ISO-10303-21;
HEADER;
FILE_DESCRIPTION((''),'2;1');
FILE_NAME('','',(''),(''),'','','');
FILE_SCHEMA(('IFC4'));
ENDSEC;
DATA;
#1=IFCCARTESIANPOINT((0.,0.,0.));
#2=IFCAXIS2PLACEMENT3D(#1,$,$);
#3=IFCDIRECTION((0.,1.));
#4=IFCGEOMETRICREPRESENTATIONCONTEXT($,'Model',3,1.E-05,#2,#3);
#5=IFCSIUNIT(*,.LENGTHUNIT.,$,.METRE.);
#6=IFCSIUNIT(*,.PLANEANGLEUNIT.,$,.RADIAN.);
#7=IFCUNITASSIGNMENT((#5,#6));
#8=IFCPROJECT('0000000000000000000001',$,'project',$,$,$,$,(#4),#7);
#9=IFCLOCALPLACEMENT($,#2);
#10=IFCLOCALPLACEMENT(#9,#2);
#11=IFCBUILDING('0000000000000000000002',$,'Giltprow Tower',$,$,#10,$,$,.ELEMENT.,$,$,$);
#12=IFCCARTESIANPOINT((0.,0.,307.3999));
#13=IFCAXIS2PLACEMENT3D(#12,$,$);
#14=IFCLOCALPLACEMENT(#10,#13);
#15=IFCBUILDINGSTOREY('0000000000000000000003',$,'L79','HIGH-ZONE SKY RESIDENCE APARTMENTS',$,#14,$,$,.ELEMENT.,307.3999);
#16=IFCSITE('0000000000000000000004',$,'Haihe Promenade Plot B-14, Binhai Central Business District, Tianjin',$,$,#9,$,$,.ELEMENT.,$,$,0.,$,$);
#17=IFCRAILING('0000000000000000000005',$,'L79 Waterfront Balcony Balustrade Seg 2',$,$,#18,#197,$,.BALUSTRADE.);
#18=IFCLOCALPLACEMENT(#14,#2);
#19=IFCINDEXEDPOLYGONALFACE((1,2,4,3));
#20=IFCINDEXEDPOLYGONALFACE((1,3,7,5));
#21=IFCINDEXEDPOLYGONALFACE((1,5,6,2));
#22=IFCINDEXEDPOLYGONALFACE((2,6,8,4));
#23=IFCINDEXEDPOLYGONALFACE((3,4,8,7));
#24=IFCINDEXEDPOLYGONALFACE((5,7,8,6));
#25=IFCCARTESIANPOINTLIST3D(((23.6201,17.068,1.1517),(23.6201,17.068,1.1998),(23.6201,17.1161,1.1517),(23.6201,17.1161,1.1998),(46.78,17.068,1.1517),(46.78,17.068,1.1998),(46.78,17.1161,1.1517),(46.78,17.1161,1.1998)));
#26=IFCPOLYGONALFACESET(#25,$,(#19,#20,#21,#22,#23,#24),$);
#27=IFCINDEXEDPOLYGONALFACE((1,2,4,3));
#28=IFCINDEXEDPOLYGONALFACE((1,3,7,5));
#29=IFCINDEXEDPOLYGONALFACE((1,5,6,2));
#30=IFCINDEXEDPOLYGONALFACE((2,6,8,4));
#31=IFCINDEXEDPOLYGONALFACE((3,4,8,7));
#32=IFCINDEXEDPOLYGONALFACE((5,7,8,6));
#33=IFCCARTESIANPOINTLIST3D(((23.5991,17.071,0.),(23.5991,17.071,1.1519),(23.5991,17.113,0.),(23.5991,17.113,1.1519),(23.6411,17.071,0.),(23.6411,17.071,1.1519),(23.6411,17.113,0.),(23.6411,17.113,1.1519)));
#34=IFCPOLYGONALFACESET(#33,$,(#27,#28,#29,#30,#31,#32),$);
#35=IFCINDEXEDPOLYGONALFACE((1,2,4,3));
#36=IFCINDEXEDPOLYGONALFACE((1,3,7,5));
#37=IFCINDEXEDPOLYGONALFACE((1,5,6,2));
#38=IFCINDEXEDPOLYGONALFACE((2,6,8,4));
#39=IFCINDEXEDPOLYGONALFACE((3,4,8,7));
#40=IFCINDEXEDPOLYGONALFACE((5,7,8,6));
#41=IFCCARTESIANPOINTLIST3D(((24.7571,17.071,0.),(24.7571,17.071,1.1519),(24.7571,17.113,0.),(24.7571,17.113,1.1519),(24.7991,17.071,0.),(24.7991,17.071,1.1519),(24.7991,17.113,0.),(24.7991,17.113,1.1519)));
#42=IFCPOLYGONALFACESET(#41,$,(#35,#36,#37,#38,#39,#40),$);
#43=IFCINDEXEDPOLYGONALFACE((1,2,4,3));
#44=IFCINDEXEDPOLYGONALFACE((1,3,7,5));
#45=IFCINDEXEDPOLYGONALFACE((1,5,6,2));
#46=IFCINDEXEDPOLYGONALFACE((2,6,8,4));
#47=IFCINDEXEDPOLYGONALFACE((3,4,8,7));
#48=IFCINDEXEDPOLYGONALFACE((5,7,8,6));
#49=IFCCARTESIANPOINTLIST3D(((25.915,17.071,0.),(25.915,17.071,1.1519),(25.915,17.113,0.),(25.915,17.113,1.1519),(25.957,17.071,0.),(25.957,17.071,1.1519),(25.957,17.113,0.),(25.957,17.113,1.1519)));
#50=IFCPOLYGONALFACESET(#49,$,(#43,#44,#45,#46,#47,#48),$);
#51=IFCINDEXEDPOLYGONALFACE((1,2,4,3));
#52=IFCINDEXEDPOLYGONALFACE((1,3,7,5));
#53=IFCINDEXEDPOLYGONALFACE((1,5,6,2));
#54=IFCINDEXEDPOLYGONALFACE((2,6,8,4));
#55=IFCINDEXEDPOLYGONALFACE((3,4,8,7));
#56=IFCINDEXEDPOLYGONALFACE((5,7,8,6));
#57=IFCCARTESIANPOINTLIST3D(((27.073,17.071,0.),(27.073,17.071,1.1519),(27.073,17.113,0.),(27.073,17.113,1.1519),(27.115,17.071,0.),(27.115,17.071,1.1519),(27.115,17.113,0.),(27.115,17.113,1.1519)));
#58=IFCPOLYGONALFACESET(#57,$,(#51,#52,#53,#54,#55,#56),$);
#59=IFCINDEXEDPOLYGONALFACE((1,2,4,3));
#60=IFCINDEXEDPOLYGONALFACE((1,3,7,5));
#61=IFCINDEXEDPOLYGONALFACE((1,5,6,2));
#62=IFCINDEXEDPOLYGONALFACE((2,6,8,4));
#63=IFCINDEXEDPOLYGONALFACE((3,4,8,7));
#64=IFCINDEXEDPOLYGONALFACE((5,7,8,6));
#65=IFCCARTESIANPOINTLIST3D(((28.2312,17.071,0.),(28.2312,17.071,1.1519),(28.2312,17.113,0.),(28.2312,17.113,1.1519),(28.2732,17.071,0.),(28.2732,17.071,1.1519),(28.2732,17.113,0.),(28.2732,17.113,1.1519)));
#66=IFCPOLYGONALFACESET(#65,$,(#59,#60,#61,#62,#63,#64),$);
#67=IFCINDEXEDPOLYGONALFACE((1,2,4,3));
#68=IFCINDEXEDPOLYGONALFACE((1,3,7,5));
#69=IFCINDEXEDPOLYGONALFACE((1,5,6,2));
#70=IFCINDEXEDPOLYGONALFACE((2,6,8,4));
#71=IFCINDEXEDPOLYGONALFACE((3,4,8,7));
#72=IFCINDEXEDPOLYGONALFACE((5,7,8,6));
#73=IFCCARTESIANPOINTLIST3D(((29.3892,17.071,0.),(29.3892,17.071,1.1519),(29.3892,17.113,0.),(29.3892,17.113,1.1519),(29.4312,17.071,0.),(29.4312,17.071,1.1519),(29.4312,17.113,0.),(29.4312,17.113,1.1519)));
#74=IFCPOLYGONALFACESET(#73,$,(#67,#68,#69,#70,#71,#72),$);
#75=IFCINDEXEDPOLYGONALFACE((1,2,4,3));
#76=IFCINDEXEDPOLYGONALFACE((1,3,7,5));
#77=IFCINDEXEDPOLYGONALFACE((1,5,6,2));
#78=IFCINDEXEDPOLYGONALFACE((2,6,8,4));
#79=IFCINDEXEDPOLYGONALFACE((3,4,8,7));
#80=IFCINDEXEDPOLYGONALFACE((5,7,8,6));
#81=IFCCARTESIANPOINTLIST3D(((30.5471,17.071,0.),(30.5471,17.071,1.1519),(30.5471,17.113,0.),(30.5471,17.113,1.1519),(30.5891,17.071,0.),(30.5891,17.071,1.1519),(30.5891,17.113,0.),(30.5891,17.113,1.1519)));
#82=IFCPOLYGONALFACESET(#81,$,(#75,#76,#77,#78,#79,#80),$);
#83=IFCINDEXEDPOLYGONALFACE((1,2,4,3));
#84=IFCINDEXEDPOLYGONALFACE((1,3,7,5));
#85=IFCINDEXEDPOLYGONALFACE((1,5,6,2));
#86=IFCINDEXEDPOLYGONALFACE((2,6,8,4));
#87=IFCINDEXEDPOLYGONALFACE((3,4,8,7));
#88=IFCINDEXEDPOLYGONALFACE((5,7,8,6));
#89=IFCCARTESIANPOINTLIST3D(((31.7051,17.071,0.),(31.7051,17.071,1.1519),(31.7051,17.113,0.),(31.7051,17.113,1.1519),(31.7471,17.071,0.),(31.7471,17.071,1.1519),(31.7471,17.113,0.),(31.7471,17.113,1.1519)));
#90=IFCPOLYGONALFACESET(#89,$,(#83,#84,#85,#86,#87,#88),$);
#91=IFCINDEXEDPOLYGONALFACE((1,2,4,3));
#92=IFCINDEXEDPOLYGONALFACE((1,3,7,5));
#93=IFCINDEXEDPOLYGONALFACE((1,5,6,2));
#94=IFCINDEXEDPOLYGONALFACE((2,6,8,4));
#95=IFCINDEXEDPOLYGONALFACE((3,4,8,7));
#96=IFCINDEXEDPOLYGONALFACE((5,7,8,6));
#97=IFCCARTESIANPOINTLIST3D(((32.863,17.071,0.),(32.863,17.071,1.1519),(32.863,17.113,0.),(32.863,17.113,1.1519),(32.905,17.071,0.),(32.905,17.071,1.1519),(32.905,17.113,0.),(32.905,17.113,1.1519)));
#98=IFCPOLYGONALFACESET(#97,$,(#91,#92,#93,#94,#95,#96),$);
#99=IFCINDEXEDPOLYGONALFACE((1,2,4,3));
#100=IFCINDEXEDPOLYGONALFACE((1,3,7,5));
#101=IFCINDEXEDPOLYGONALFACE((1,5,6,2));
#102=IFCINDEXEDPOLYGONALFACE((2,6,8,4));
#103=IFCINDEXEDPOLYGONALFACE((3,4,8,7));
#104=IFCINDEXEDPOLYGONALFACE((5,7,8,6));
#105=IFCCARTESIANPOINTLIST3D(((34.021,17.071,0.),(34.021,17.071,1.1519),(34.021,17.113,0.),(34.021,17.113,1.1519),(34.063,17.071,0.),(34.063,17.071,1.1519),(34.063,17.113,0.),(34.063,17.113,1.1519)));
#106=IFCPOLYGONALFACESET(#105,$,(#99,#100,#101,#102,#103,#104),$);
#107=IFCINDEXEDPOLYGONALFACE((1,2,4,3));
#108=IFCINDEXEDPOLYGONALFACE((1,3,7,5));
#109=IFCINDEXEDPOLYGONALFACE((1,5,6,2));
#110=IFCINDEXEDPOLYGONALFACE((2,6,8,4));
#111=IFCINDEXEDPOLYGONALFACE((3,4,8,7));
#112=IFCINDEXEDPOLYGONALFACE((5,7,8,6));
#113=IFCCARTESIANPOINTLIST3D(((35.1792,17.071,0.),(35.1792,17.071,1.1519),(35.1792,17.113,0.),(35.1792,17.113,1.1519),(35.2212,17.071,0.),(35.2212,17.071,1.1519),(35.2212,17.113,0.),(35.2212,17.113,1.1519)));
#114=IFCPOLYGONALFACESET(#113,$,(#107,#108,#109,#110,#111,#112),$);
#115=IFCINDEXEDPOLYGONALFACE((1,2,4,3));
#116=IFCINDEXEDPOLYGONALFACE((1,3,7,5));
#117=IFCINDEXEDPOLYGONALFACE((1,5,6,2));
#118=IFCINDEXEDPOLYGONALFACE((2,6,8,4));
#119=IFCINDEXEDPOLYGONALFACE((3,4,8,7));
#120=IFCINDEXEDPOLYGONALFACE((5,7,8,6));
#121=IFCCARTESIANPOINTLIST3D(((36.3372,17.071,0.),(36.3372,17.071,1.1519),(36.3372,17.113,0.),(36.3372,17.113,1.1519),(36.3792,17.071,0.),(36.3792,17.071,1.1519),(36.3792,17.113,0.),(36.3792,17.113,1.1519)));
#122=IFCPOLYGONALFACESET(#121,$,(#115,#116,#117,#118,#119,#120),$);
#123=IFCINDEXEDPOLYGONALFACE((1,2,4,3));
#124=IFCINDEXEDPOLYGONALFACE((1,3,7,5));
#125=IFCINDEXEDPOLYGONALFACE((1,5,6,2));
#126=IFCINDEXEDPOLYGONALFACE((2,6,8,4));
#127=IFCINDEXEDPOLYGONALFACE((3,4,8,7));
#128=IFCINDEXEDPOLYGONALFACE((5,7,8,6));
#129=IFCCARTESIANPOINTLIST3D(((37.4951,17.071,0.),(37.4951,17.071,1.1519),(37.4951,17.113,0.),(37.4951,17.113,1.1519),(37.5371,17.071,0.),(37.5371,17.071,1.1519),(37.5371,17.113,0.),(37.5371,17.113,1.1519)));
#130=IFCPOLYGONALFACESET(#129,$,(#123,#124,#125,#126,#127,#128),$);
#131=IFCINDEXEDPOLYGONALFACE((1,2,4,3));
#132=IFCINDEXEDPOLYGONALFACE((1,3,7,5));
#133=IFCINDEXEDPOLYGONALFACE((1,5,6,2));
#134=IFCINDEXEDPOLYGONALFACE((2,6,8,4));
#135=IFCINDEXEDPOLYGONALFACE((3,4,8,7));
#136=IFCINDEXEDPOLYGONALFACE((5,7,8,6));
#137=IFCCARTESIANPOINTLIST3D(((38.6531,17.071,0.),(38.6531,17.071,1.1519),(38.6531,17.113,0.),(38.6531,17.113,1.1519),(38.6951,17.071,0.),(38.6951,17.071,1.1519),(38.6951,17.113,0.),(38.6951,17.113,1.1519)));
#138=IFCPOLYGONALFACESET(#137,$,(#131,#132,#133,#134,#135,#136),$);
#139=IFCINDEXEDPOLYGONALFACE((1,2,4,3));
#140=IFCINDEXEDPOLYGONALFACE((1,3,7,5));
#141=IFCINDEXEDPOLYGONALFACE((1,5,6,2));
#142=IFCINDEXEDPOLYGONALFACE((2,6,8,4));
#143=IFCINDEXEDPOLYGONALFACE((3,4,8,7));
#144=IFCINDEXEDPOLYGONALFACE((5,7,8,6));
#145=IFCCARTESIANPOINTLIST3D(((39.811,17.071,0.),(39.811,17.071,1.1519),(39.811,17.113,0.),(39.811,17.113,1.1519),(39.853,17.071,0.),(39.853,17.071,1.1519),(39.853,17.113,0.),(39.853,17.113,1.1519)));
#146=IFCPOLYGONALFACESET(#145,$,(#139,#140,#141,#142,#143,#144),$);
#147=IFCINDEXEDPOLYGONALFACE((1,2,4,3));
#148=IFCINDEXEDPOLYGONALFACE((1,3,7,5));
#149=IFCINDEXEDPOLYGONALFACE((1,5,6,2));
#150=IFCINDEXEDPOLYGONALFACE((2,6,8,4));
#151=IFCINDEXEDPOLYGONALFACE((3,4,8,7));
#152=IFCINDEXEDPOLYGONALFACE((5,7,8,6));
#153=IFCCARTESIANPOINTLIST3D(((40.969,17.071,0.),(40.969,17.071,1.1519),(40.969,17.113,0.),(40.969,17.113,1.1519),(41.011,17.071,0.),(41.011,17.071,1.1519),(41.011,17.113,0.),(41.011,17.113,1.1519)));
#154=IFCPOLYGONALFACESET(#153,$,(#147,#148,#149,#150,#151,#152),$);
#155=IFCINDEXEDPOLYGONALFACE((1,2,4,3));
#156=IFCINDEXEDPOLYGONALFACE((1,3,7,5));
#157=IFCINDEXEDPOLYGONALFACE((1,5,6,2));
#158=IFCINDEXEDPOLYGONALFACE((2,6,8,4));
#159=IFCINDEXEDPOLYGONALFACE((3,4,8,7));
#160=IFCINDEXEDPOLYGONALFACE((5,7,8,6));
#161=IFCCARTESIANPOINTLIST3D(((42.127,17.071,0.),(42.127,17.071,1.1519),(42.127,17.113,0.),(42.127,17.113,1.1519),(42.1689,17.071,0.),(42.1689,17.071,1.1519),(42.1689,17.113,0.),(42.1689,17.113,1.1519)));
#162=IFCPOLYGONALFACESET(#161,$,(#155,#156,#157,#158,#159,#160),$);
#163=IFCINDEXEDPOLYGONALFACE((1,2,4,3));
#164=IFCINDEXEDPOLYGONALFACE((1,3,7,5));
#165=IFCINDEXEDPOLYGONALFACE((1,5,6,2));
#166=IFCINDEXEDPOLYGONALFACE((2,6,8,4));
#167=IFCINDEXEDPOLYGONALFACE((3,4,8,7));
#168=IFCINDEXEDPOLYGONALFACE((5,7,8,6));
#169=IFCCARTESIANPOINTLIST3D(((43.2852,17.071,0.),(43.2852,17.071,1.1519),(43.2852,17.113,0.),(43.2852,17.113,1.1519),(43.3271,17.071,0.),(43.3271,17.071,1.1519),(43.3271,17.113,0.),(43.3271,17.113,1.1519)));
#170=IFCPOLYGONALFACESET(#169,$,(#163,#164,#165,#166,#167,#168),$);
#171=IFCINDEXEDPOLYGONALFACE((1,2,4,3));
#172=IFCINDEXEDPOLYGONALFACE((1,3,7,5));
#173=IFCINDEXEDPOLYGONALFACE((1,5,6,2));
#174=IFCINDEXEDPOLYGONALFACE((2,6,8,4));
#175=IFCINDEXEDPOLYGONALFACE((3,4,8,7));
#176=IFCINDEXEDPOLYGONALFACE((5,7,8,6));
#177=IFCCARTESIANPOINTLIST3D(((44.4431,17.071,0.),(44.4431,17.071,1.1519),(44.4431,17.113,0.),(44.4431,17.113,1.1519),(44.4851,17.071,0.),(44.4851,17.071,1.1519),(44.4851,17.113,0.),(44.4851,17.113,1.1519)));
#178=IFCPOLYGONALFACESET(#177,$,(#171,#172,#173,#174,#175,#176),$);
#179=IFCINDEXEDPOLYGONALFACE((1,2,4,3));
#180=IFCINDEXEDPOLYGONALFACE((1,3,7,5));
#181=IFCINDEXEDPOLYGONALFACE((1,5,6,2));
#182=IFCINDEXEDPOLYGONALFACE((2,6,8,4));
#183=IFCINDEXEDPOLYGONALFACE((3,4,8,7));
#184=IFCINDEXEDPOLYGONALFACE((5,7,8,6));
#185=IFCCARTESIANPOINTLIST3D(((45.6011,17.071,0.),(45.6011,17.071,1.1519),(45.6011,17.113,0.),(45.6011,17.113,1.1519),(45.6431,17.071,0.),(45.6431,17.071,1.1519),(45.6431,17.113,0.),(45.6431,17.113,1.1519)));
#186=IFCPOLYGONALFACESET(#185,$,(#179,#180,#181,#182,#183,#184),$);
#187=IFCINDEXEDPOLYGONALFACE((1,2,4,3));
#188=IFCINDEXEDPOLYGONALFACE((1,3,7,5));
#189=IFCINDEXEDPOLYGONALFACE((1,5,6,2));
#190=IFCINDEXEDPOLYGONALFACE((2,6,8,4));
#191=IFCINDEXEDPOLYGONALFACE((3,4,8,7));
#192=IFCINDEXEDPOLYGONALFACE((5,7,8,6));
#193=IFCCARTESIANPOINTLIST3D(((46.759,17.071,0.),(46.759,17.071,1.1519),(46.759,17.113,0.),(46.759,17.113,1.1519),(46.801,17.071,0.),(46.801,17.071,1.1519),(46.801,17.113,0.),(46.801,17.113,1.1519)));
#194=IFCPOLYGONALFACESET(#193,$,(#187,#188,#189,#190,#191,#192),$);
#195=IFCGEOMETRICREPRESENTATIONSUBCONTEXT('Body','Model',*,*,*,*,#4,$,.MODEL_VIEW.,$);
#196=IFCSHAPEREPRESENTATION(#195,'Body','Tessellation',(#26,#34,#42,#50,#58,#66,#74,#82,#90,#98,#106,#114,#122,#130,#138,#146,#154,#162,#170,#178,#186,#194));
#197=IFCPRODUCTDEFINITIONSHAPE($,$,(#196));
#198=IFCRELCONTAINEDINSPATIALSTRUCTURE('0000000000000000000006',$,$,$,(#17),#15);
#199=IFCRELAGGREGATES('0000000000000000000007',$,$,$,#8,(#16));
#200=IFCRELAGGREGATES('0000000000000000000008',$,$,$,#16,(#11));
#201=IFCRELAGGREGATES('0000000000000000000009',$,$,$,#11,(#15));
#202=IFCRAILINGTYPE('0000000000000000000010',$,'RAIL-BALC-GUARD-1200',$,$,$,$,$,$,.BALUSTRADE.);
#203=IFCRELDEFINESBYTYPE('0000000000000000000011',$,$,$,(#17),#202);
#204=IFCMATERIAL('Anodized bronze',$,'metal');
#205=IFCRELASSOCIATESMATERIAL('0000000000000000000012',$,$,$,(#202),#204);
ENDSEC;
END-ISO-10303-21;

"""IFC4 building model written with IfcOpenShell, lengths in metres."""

from ifc_helpers import new_model, si_unit, direction, frame, origin, origin_2d, place, context, subcontext, project, spatial, rectangle, extrude, material, type_object, element, save


model = new_model("IFC4")

# Units and contexts
model_context = context("Model", 3, precision=1e-05, world=origin(), true_north=direction((0.0, 1.0)))
body_context = subcontext(model_context, "Body", "Model", "MODEL_VIEW")
ifc_project = project(units=[si_unit("LENGTHUNIT", "METRE"), si_unit("PLANEANGLEUNIT", "RADIAN")], contexts=[model_context])

# Site, building, storey
site_placement = place(None, origin())
site = spatial("IfcSite", under=ifc_project, at=site_placement, Name="Haihe Promenade Plot B-14, Binhai Central Business District, Tianjin", CompositionType="ELEMENT", RefElevation=0.0)
building_placement = place(site_placement, origin())
building = spatial("IfcBuilding", under=site, at=building_placement, Name="Giltprow Tower", CompositionType="ELEMENT")
storey_placement = place(building_placement, frame((0.0, 0.0, 307.3999)))
storey = spatial("IfcBuildingStorey", under=building, at=storey_placement, Name="L79", Description="HIGH-ZONE SKY RESIDENCE APARTMENTS", CompositionType="ELEMENT", Elevation=307.3999)

# Shared definitions
ifc_material_1 = material(Name="Anodized bronze", Category="metal")

# Railing
railing_type = type_object("IfcRailingType", Name="RAIL-BALC-GUARD-1200", PredefinedType="BALUSTRADE", material=ifc_material_1)
railing_1_placement = place(storey_placement, frame((23.6201, 17.092, 0.0)))
element("IfcRailing", 1, at=railing_1_placement, inside=storey, type_object=railing_type, Name="L79 Waterfront Balcony Balustrade Seg 2", PredefinedType="BALUSTRADE", context=body_context, shape_type="SweptSolid", body=[
    extrude(rectangle(XDim=0.0481, YDim=0.0481, at=origin_2d()), frame((0.0, 0.0, 1.1758), z_axis=(1.0, 0.0, 0.0), x_axis=(0.0, 1.0, 0.0)), (0.0, 0.0, 1.0), 23.1599),
    extrude(rectangle(XDim=0.042, YDim=0.042, at=origin_2d()), origin(), (0.0, 0.0, 1.0), 1.1519),
    extrude(rectangle(XDim=0.042, YDim=0.042, at=origin_2d()), frame((1.158, 0.0, 0.0)), (0.0, 0.0, 1.0), 1.1519),
    extrude(rectangle(XDim=0.042, YDim=0.042, at=origin_2d()), frame((2.3159, 0.0, 0.0)), (0.0, 0.0, 1.0), 1.1519),
    extrude(rectangle(XDim=0.042, YDim=0.042, at=origin_2d()), frame((3.4739, 0.0, 0.0)), (0.0, 0.0, 1.0), 1.1519),
    extrude(rectangle(XDim=0.042, YDim=0.042, at=origin_2d()), frame((4.6321, 0.0, 0.0)), (0.0, 0.0, 1.0), 1.1519),
    extrude(rectangle(XDim=0.042, YDim=0.042, at=origin_2d()), frame((5.79, 0.0, 0.0)), (0.0, 0.0, 1.0), 1.1519),
    extrude(rectangle(XDim=0.042, YDim=0.042, at=origin_2d()), frame((6.948, 0.0, 0.0)), (0.0, 0.0, 1.0), 1.1519),
    extrude(rectangle(XDim=0.042, YDim=0.042, at=origin_2d()), frame((8.106, 0.0, 0.0)), (0.0, 0.0, 1.0), 1.1519),
    extrude(rectangle(XDim=0.042, YDim=0.042, at=origin_2d()), frame((9.2639, 0.0, 0.0)), (0.0, 0.0, 1.0), 1.1519),
    extrude(rectangle(XDim=0.042, YDim=0.042, at=origin_2d()), frame((10.4219, 0.0, 0.0)), (0.0, 0.0, 1.0), 1.1519),
    extrude(rectangle(XDim=0.042, YDim=0.042, at=origin_2d()), frame((11.5801, 0.0, 0.0)), (0.0, 0.0, 1.0), 1.1519),
    extrude(rectangle(XDim=0.042, YDim=0.042, at=origin_2d()), frame((12.738, 0.0, 0.0)), (0.0, 0.0, 1.0), 1.1519),
    extrude(rectangle(XDim=0.042, YDim=0.042, at=origin_2d()), frame((13.896, 0.0, 0.0)), (0.0, 0.0, 1.0), 1.1519),
    extrude(rectangle(XDim=0.042, YDim=0.042, at=origin_2d()), frame((15.054, 0.0, 0.0)), (0.0, 0.0, 1.0), 1.1519),
    extrude(rectangle(XDim=0.042, YDim=0.042, at=origin_2d()), frame((16.2119, 0.0, 0.0)), (0.0, 0.0, 1.0), 1.1519),
    extrude(rectangle(XDim=0.042, YDim=0.042, at=origin_2d()), frame((17.3699, 0.0, 0.0)), (0.0, 0.0, 1.0), 1.1519),
    extrude(rectangle(XDim=0.042, YDim=0.042, at=origin_2d()), frame((18.5278, 0.0, 0.0)), (0.0, 0.0, 1.0), 1.1519),
    extrude(rectangle(XDim=0.042, YDim=0.042, at=origin_2d()), frame((19.686, 0.0, 0.0)), (0.0, 0.0, 1.0), 1.1519),
    extrude(rectangle(XDim=0.042, YDim=0.042, at=origin_2d()), frame((20.844, 0.0, 0.0)), (0.0, 0.0, 1.0), 1.1519),
    extrude(rectangle(XDim=0.042, YDim=0.042, at=origin_2d()), frame((22.002, 0.0, 0.0)), (0.0, 0.0, 1.0), 1.1519),
    extrude(rectangle(XDim=0.042, YDim=0.042, at=origin_2d()), frame((23.1599, 0.0, 0.0)), (0.0, 0.0, 1.0), 1.1519),
])

save(model, "model.ifc")
